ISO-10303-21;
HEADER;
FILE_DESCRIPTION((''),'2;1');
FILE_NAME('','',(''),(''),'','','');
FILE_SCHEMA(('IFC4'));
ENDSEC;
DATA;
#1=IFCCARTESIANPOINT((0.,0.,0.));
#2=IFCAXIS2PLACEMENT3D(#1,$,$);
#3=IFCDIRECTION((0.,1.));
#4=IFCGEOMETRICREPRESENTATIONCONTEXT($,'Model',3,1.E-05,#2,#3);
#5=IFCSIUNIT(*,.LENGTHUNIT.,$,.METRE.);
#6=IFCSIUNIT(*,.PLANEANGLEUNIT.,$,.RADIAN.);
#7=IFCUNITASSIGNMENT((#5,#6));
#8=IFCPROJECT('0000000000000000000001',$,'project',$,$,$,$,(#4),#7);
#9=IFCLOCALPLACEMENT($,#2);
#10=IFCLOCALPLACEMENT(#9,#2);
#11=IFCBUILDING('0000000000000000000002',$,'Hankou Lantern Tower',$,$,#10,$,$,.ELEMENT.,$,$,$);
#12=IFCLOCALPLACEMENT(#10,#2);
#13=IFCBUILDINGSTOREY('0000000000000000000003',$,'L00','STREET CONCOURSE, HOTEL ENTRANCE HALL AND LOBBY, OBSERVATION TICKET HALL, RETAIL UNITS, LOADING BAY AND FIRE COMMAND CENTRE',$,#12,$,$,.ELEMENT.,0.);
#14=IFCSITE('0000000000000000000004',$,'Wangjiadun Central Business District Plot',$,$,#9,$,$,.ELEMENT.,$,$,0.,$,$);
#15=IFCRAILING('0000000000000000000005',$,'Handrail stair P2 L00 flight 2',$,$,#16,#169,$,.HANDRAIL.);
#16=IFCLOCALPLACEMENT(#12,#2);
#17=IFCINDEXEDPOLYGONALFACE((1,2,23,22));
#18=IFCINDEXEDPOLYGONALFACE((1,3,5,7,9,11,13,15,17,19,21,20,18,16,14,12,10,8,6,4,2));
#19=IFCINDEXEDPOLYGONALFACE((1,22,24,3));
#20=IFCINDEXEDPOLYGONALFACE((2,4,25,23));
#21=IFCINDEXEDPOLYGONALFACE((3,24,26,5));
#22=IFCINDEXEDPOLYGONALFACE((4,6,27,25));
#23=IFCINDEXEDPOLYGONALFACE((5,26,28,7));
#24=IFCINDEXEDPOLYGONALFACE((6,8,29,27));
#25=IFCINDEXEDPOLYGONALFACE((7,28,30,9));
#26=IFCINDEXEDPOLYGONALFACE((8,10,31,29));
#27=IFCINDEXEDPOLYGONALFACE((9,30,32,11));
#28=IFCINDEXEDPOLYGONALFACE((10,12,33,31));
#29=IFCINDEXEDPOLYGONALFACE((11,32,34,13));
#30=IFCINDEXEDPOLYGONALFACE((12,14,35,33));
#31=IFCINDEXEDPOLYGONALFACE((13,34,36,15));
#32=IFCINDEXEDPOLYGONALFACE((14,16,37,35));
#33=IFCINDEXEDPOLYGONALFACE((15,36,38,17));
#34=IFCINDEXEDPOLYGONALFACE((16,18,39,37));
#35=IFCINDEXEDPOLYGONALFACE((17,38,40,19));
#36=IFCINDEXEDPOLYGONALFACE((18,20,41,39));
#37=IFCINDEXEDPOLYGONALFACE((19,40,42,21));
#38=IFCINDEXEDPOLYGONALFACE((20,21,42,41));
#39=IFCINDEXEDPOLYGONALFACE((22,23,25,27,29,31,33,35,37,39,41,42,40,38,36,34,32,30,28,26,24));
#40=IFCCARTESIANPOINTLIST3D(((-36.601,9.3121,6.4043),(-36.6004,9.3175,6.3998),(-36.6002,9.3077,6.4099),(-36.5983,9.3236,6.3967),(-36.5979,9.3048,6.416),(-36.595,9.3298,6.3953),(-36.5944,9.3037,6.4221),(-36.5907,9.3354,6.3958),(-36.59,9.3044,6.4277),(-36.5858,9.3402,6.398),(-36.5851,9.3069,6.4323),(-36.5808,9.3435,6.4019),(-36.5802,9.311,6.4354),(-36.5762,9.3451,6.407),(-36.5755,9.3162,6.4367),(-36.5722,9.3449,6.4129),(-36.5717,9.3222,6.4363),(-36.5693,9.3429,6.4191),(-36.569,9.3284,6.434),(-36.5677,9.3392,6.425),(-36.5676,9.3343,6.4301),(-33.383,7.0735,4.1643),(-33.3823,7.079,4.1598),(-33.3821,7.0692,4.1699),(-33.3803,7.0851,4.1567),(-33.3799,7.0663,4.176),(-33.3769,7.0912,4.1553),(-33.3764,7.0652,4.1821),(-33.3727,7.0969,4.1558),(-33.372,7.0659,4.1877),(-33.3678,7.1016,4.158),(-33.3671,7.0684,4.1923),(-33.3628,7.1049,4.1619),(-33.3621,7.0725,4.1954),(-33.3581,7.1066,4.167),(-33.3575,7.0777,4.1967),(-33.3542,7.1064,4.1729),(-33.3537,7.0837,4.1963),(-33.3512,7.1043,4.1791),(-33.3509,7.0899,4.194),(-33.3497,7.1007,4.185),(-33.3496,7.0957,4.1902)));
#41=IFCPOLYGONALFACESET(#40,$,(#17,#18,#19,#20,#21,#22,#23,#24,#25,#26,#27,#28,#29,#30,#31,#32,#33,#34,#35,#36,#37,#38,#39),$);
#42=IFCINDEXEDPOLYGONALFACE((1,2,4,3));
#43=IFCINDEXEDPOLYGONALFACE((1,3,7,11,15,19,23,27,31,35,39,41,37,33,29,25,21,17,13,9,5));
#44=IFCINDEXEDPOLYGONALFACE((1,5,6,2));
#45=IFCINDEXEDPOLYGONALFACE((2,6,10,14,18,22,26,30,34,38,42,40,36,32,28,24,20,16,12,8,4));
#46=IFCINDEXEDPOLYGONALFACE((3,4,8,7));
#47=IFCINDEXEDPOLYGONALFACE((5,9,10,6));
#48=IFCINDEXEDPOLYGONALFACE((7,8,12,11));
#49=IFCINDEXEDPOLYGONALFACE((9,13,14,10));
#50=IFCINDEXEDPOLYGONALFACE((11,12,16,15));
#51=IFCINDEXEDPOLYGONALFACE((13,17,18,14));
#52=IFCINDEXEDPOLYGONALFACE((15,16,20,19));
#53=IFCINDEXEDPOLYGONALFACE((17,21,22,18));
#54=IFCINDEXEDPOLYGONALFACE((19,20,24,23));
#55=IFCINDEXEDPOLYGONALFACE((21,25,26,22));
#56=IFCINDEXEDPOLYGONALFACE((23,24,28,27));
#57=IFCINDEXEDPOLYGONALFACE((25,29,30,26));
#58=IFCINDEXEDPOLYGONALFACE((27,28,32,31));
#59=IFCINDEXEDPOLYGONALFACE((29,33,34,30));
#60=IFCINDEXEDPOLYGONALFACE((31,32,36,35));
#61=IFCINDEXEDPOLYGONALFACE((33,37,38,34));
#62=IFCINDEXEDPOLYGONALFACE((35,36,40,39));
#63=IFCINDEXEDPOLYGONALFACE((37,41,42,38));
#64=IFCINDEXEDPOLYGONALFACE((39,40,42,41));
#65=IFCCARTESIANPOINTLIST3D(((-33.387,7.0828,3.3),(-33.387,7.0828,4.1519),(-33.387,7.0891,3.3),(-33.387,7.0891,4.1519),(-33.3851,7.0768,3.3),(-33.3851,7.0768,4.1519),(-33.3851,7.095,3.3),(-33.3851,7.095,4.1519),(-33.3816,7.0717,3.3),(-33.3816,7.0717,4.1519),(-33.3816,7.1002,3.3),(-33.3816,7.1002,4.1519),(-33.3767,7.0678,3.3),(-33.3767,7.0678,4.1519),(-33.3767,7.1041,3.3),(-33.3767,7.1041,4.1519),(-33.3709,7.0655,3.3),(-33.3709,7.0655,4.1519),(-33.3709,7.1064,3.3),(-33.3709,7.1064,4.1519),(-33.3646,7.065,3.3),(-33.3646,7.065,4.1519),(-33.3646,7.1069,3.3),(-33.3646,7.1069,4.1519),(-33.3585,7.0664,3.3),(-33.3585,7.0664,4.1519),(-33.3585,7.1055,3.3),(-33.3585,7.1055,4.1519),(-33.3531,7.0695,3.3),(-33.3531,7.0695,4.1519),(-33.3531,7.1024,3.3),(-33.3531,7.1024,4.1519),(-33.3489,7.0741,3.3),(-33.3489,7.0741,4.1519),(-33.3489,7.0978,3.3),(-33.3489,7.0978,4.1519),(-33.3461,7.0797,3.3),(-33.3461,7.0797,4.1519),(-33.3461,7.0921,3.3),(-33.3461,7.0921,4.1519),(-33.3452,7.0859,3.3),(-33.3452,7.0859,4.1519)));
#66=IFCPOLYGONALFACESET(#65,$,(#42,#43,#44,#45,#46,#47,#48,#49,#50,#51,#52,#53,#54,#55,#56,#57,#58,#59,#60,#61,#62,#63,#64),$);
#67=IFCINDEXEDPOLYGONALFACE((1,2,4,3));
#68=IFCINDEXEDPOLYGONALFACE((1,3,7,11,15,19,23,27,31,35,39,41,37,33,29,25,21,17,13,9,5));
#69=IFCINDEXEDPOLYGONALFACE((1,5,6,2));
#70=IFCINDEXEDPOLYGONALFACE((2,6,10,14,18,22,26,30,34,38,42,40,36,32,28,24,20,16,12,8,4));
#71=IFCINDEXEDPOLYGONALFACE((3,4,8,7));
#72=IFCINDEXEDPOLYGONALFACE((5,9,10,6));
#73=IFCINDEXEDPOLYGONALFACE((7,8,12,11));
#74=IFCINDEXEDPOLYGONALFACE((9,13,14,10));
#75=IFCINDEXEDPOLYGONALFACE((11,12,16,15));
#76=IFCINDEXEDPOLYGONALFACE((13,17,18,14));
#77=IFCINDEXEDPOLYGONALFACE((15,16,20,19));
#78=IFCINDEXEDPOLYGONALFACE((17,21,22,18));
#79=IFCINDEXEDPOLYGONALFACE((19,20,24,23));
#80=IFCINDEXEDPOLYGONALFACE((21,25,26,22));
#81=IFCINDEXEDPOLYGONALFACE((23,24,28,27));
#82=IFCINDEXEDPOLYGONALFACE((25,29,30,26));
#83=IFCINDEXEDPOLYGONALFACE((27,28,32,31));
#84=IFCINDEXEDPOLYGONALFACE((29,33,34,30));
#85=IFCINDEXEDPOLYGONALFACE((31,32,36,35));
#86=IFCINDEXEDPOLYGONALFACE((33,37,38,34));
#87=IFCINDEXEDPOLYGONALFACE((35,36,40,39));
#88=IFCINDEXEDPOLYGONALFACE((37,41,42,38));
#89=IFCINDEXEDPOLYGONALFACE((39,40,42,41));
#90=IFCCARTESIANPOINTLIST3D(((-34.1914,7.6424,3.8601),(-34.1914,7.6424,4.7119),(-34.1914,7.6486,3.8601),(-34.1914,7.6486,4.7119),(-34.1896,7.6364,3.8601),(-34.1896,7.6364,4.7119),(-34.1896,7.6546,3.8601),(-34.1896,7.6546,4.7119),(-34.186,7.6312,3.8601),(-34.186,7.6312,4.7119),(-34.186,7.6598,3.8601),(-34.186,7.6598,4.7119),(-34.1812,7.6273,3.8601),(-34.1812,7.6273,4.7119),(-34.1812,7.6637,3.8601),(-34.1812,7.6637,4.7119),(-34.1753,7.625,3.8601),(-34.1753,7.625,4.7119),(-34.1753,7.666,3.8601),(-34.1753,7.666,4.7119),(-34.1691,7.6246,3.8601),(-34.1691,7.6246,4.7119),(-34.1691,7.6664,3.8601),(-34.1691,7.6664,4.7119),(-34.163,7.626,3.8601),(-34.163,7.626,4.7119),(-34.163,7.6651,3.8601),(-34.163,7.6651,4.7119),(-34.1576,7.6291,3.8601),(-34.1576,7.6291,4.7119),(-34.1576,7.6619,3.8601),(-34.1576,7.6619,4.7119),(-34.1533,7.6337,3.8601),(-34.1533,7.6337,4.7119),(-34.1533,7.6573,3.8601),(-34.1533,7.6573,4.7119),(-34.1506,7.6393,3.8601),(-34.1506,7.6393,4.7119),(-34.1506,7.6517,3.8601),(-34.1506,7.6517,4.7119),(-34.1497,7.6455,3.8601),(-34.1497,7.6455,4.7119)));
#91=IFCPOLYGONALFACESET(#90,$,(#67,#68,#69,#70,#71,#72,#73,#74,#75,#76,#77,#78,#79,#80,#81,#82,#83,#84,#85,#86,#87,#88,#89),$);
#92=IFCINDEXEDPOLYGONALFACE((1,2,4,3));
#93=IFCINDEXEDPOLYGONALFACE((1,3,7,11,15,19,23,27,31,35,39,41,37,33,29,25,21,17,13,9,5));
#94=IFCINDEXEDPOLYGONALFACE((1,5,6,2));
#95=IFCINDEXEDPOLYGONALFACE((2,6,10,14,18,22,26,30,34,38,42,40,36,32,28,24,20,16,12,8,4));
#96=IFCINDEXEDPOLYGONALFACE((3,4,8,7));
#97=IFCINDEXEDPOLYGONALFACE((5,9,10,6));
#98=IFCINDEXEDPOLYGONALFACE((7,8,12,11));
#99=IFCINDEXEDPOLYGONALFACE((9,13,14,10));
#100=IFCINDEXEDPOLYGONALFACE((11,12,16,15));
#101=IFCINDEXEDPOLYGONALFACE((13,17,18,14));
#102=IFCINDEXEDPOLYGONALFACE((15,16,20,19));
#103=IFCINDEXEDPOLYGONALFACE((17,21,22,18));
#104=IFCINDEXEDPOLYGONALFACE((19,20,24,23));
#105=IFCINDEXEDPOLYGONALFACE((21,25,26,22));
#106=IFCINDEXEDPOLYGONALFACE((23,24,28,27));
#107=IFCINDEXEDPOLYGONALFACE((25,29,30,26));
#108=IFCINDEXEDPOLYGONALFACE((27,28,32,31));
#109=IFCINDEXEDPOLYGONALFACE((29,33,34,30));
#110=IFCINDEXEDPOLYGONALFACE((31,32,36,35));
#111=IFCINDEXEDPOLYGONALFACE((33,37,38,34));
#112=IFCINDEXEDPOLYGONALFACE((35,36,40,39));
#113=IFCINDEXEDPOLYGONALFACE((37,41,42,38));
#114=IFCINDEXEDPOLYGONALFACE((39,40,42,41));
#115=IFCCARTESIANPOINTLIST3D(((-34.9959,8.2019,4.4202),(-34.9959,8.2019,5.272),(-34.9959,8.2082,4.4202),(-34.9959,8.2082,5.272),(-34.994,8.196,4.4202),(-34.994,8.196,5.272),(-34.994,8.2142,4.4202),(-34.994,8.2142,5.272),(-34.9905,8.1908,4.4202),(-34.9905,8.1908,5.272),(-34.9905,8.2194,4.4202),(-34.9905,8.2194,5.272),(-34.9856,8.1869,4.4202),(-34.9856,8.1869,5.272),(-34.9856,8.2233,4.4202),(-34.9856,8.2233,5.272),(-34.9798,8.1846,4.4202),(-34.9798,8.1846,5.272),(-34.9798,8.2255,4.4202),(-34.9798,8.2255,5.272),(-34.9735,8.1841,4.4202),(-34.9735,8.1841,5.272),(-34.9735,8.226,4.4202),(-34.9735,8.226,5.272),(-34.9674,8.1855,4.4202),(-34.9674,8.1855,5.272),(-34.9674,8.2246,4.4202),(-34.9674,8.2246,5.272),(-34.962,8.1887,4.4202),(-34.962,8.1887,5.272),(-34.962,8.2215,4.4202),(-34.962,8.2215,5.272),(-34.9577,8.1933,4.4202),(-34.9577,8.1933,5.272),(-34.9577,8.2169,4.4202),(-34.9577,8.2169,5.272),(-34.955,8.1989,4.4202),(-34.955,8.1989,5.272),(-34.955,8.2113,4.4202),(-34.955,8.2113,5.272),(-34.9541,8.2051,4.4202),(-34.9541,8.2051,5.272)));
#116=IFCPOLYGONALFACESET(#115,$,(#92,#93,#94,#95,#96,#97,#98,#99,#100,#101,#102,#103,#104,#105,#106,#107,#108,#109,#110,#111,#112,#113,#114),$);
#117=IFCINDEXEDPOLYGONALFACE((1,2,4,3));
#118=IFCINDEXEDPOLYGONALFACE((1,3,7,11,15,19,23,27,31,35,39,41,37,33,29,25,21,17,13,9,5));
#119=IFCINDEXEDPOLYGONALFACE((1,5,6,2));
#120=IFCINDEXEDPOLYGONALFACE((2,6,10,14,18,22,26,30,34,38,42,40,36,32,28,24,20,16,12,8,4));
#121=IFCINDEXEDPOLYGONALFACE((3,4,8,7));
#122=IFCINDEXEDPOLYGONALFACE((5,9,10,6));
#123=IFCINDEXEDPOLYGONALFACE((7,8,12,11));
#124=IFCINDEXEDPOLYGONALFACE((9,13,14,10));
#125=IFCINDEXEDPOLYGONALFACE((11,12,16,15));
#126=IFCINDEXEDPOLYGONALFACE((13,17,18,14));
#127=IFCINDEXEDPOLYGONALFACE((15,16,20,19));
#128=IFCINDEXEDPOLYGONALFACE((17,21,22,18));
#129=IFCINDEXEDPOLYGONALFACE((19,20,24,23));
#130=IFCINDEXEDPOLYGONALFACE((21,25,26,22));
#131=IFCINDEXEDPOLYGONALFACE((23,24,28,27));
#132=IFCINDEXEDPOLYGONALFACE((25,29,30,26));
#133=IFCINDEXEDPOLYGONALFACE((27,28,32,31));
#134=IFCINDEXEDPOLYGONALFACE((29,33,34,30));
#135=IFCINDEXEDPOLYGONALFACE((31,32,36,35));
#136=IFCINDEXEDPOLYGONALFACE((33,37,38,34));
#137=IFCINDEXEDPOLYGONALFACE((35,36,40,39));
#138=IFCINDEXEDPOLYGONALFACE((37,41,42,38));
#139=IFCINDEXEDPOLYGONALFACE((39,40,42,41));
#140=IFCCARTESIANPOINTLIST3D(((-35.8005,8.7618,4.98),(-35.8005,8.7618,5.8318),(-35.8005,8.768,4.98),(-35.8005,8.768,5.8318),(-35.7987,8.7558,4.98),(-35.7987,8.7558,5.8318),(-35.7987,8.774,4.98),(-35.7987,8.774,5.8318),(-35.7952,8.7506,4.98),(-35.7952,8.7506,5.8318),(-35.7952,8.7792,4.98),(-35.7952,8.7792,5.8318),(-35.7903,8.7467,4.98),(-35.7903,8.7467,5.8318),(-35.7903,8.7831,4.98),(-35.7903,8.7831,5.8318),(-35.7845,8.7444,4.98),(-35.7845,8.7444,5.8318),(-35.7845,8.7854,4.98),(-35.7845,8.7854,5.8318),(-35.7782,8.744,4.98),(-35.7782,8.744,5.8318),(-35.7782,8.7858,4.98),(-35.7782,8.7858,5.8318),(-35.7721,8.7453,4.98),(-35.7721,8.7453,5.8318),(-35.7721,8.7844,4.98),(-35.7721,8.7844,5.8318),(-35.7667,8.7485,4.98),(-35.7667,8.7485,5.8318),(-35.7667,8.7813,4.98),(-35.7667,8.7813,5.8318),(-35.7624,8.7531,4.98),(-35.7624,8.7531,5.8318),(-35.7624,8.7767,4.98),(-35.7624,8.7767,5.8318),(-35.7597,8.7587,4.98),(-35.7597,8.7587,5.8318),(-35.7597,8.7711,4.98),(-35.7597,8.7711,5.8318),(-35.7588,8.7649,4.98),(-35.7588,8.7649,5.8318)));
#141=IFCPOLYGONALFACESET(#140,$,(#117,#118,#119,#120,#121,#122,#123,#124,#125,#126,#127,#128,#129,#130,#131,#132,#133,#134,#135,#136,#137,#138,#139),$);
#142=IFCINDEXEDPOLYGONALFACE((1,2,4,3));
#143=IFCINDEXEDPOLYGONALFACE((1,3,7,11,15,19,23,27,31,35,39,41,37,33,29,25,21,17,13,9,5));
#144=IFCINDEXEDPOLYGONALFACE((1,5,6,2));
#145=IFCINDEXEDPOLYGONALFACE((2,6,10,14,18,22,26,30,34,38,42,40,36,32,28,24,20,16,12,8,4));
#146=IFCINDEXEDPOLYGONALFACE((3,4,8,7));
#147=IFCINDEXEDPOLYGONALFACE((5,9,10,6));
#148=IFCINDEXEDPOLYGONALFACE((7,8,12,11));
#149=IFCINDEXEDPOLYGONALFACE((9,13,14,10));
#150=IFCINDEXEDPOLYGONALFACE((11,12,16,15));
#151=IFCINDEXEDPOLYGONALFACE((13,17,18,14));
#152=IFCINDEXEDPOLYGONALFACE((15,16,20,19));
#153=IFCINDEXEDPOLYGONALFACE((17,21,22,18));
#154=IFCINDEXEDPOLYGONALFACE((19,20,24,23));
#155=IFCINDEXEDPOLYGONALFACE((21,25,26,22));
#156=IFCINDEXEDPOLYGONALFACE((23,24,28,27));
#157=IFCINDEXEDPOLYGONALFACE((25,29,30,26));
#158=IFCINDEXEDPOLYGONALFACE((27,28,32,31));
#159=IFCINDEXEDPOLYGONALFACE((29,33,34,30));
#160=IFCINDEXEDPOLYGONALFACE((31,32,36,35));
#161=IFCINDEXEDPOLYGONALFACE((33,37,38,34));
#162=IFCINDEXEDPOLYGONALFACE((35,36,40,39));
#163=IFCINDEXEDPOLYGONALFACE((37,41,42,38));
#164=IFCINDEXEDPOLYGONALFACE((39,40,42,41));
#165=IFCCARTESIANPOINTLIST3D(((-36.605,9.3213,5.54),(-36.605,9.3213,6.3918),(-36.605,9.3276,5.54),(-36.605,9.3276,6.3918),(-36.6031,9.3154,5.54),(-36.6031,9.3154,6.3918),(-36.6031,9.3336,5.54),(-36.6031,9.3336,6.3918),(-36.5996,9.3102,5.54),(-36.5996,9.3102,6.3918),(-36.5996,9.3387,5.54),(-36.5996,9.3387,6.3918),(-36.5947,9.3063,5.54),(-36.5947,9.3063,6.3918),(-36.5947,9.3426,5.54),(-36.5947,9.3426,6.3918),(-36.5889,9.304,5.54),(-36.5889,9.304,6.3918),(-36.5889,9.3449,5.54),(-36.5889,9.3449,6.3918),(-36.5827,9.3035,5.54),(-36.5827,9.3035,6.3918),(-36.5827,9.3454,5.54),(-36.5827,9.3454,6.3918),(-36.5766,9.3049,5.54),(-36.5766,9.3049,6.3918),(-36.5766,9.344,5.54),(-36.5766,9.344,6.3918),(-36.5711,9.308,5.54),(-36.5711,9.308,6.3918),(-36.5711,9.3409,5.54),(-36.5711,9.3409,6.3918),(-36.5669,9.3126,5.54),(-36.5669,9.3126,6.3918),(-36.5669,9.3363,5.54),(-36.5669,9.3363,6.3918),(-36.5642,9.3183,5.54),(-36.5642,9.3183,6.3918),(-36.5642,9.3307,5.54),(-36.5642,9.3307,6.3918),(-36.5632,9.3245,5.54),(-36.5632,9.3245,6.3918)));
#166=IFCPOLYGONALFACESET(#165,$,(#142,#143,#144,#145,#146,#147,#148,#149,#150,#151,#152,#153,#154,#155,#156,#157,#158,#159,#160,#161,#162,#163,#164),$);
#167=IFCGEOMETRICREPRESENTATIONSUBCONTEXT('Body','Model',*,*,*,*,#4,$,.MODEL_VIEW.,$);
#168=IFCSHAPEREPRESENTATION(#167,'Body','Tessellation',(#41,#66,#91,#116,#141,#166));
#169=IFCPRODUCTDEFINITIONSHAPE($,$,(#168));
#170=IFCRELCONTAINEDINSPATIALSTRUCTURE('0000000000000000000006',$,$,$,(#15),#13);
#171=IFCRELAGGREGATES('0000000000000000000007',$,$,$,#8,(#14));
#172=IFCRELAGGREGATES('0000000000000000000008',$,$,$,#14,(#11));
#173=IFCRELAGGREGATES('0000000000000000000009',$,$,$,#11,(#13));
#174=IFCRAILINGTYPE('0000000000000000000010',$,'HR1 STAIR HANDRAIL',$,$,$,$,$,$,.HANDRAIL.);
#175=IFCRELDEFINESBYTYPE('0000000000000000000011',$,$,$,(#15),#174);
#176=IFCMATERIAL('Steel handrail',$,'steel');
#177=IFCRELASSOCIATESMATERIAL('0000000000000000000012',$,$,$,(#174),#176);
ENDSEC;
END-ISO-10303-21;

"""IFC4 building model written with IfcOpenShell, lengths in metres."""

from ifc_helpers import new_model, si_unit, direction, frame, origin, origin_2d, place, context, subcontext, project, spatial, circle, extrude, material, type_object, element, save


model = new_model("IFC4")

# Units and contexts
model_context = context("Model", 3, precision=1e-05, world=origin(), true_north=direction((0.0, 1.0)))
body_context = subcontext(model_context, "Body", "Model", "MODEL_VIEW")
ifc_project = project(units=[si_unit("LENGTHUNIT", "METRE"), si_unit("PLANEANGLEUNIT", "RADIAN")], contexts=[model_context])

# Site, building, storey
site_placement = place(None, origin())
site = spatial("IfcSite", under=ifc_project, at=site_placement, Name="Wangjiadun Central Business District Plot", CompositionType="ELEMENT", RefElevation=0.0)
building_placement = place(site_placement, origin())
building = spatial("IfcBuilding", under=site, at=building_placement, Name="Hankou Lantern Tower", CompositionType="ELEMENT")
storey_placement = place(building_placement, origin())
storey = spatial("IfcBuildingStorey", under=building, at=storey_placement, Name="L00", Description="STREET CONCOURSE, HOTEL ENTRANCE HALL AND LOBBY, OBSERVATION TICKET HALL, RETAIL UNITS, LOADING BAY AND FIRE COMMAND CENTRE", CompositionType="ELEMENT", Elevation=0.0)

# Railing
ifc_material_1 = material(Name="Steel handrail", Category="steel")
railing_type = type_object("IfcRailingType", Name="HR1 STAIR HANDRAIL", PredefinedType="HANDRAIL", material=ifc_material_1)
railing_1_placement = place(storey_placement, frame((-33.3662, 7.0859, 3.3)))
element("IfcRailing", 1, at=railing_1_placement, inside=storey, type_object=railing_type, Name="Handrail stair P2 L00 flight 2", PredefinedType="HANDRAIL", context=body_context, shape_type="SweptSolid", body=[
    extrude(circle(Radius=0.0239, at=origin_2d()), frame((0.0, 0.0, 0.876), z_axis=(-0.712757, 0.49581, 0.496134), x_axis=(-0.571048, -0.820917, 0.0)), (0.0, 0.0, 1.0), 4.5149),
    extrude(circle(Radius=0.021, at=origin_2d()), origin(), (0.0, 0.0, 1.0), 0.8518),
    extrude(circle(Radius=0.021, at=origin_2d()), frame((-0.8044, 0.5596, 0.5601)), (0.0, 0.0, 1.0), 0.8518),
    extrude(circle(Radius=0.021, at=origin_2d()), frame((-1.6089, 1.1191, 1.1201)), (0.0, 0.0, 1.0), 0.8518),
    extrude(circle(Radius=0.021, at=origin_2d()), frame((-2.4136, 1.679, 1.6799)), (0.0, 0.0, 1.0), 0.8518),
    extrude(circle(Radius=0.021, at=origin_2d()), frame((-3.218, 2.2385, 2.24)), (0.0, 0.0, 1.0), 0.8518),
])

save(model, "model.ifc")
